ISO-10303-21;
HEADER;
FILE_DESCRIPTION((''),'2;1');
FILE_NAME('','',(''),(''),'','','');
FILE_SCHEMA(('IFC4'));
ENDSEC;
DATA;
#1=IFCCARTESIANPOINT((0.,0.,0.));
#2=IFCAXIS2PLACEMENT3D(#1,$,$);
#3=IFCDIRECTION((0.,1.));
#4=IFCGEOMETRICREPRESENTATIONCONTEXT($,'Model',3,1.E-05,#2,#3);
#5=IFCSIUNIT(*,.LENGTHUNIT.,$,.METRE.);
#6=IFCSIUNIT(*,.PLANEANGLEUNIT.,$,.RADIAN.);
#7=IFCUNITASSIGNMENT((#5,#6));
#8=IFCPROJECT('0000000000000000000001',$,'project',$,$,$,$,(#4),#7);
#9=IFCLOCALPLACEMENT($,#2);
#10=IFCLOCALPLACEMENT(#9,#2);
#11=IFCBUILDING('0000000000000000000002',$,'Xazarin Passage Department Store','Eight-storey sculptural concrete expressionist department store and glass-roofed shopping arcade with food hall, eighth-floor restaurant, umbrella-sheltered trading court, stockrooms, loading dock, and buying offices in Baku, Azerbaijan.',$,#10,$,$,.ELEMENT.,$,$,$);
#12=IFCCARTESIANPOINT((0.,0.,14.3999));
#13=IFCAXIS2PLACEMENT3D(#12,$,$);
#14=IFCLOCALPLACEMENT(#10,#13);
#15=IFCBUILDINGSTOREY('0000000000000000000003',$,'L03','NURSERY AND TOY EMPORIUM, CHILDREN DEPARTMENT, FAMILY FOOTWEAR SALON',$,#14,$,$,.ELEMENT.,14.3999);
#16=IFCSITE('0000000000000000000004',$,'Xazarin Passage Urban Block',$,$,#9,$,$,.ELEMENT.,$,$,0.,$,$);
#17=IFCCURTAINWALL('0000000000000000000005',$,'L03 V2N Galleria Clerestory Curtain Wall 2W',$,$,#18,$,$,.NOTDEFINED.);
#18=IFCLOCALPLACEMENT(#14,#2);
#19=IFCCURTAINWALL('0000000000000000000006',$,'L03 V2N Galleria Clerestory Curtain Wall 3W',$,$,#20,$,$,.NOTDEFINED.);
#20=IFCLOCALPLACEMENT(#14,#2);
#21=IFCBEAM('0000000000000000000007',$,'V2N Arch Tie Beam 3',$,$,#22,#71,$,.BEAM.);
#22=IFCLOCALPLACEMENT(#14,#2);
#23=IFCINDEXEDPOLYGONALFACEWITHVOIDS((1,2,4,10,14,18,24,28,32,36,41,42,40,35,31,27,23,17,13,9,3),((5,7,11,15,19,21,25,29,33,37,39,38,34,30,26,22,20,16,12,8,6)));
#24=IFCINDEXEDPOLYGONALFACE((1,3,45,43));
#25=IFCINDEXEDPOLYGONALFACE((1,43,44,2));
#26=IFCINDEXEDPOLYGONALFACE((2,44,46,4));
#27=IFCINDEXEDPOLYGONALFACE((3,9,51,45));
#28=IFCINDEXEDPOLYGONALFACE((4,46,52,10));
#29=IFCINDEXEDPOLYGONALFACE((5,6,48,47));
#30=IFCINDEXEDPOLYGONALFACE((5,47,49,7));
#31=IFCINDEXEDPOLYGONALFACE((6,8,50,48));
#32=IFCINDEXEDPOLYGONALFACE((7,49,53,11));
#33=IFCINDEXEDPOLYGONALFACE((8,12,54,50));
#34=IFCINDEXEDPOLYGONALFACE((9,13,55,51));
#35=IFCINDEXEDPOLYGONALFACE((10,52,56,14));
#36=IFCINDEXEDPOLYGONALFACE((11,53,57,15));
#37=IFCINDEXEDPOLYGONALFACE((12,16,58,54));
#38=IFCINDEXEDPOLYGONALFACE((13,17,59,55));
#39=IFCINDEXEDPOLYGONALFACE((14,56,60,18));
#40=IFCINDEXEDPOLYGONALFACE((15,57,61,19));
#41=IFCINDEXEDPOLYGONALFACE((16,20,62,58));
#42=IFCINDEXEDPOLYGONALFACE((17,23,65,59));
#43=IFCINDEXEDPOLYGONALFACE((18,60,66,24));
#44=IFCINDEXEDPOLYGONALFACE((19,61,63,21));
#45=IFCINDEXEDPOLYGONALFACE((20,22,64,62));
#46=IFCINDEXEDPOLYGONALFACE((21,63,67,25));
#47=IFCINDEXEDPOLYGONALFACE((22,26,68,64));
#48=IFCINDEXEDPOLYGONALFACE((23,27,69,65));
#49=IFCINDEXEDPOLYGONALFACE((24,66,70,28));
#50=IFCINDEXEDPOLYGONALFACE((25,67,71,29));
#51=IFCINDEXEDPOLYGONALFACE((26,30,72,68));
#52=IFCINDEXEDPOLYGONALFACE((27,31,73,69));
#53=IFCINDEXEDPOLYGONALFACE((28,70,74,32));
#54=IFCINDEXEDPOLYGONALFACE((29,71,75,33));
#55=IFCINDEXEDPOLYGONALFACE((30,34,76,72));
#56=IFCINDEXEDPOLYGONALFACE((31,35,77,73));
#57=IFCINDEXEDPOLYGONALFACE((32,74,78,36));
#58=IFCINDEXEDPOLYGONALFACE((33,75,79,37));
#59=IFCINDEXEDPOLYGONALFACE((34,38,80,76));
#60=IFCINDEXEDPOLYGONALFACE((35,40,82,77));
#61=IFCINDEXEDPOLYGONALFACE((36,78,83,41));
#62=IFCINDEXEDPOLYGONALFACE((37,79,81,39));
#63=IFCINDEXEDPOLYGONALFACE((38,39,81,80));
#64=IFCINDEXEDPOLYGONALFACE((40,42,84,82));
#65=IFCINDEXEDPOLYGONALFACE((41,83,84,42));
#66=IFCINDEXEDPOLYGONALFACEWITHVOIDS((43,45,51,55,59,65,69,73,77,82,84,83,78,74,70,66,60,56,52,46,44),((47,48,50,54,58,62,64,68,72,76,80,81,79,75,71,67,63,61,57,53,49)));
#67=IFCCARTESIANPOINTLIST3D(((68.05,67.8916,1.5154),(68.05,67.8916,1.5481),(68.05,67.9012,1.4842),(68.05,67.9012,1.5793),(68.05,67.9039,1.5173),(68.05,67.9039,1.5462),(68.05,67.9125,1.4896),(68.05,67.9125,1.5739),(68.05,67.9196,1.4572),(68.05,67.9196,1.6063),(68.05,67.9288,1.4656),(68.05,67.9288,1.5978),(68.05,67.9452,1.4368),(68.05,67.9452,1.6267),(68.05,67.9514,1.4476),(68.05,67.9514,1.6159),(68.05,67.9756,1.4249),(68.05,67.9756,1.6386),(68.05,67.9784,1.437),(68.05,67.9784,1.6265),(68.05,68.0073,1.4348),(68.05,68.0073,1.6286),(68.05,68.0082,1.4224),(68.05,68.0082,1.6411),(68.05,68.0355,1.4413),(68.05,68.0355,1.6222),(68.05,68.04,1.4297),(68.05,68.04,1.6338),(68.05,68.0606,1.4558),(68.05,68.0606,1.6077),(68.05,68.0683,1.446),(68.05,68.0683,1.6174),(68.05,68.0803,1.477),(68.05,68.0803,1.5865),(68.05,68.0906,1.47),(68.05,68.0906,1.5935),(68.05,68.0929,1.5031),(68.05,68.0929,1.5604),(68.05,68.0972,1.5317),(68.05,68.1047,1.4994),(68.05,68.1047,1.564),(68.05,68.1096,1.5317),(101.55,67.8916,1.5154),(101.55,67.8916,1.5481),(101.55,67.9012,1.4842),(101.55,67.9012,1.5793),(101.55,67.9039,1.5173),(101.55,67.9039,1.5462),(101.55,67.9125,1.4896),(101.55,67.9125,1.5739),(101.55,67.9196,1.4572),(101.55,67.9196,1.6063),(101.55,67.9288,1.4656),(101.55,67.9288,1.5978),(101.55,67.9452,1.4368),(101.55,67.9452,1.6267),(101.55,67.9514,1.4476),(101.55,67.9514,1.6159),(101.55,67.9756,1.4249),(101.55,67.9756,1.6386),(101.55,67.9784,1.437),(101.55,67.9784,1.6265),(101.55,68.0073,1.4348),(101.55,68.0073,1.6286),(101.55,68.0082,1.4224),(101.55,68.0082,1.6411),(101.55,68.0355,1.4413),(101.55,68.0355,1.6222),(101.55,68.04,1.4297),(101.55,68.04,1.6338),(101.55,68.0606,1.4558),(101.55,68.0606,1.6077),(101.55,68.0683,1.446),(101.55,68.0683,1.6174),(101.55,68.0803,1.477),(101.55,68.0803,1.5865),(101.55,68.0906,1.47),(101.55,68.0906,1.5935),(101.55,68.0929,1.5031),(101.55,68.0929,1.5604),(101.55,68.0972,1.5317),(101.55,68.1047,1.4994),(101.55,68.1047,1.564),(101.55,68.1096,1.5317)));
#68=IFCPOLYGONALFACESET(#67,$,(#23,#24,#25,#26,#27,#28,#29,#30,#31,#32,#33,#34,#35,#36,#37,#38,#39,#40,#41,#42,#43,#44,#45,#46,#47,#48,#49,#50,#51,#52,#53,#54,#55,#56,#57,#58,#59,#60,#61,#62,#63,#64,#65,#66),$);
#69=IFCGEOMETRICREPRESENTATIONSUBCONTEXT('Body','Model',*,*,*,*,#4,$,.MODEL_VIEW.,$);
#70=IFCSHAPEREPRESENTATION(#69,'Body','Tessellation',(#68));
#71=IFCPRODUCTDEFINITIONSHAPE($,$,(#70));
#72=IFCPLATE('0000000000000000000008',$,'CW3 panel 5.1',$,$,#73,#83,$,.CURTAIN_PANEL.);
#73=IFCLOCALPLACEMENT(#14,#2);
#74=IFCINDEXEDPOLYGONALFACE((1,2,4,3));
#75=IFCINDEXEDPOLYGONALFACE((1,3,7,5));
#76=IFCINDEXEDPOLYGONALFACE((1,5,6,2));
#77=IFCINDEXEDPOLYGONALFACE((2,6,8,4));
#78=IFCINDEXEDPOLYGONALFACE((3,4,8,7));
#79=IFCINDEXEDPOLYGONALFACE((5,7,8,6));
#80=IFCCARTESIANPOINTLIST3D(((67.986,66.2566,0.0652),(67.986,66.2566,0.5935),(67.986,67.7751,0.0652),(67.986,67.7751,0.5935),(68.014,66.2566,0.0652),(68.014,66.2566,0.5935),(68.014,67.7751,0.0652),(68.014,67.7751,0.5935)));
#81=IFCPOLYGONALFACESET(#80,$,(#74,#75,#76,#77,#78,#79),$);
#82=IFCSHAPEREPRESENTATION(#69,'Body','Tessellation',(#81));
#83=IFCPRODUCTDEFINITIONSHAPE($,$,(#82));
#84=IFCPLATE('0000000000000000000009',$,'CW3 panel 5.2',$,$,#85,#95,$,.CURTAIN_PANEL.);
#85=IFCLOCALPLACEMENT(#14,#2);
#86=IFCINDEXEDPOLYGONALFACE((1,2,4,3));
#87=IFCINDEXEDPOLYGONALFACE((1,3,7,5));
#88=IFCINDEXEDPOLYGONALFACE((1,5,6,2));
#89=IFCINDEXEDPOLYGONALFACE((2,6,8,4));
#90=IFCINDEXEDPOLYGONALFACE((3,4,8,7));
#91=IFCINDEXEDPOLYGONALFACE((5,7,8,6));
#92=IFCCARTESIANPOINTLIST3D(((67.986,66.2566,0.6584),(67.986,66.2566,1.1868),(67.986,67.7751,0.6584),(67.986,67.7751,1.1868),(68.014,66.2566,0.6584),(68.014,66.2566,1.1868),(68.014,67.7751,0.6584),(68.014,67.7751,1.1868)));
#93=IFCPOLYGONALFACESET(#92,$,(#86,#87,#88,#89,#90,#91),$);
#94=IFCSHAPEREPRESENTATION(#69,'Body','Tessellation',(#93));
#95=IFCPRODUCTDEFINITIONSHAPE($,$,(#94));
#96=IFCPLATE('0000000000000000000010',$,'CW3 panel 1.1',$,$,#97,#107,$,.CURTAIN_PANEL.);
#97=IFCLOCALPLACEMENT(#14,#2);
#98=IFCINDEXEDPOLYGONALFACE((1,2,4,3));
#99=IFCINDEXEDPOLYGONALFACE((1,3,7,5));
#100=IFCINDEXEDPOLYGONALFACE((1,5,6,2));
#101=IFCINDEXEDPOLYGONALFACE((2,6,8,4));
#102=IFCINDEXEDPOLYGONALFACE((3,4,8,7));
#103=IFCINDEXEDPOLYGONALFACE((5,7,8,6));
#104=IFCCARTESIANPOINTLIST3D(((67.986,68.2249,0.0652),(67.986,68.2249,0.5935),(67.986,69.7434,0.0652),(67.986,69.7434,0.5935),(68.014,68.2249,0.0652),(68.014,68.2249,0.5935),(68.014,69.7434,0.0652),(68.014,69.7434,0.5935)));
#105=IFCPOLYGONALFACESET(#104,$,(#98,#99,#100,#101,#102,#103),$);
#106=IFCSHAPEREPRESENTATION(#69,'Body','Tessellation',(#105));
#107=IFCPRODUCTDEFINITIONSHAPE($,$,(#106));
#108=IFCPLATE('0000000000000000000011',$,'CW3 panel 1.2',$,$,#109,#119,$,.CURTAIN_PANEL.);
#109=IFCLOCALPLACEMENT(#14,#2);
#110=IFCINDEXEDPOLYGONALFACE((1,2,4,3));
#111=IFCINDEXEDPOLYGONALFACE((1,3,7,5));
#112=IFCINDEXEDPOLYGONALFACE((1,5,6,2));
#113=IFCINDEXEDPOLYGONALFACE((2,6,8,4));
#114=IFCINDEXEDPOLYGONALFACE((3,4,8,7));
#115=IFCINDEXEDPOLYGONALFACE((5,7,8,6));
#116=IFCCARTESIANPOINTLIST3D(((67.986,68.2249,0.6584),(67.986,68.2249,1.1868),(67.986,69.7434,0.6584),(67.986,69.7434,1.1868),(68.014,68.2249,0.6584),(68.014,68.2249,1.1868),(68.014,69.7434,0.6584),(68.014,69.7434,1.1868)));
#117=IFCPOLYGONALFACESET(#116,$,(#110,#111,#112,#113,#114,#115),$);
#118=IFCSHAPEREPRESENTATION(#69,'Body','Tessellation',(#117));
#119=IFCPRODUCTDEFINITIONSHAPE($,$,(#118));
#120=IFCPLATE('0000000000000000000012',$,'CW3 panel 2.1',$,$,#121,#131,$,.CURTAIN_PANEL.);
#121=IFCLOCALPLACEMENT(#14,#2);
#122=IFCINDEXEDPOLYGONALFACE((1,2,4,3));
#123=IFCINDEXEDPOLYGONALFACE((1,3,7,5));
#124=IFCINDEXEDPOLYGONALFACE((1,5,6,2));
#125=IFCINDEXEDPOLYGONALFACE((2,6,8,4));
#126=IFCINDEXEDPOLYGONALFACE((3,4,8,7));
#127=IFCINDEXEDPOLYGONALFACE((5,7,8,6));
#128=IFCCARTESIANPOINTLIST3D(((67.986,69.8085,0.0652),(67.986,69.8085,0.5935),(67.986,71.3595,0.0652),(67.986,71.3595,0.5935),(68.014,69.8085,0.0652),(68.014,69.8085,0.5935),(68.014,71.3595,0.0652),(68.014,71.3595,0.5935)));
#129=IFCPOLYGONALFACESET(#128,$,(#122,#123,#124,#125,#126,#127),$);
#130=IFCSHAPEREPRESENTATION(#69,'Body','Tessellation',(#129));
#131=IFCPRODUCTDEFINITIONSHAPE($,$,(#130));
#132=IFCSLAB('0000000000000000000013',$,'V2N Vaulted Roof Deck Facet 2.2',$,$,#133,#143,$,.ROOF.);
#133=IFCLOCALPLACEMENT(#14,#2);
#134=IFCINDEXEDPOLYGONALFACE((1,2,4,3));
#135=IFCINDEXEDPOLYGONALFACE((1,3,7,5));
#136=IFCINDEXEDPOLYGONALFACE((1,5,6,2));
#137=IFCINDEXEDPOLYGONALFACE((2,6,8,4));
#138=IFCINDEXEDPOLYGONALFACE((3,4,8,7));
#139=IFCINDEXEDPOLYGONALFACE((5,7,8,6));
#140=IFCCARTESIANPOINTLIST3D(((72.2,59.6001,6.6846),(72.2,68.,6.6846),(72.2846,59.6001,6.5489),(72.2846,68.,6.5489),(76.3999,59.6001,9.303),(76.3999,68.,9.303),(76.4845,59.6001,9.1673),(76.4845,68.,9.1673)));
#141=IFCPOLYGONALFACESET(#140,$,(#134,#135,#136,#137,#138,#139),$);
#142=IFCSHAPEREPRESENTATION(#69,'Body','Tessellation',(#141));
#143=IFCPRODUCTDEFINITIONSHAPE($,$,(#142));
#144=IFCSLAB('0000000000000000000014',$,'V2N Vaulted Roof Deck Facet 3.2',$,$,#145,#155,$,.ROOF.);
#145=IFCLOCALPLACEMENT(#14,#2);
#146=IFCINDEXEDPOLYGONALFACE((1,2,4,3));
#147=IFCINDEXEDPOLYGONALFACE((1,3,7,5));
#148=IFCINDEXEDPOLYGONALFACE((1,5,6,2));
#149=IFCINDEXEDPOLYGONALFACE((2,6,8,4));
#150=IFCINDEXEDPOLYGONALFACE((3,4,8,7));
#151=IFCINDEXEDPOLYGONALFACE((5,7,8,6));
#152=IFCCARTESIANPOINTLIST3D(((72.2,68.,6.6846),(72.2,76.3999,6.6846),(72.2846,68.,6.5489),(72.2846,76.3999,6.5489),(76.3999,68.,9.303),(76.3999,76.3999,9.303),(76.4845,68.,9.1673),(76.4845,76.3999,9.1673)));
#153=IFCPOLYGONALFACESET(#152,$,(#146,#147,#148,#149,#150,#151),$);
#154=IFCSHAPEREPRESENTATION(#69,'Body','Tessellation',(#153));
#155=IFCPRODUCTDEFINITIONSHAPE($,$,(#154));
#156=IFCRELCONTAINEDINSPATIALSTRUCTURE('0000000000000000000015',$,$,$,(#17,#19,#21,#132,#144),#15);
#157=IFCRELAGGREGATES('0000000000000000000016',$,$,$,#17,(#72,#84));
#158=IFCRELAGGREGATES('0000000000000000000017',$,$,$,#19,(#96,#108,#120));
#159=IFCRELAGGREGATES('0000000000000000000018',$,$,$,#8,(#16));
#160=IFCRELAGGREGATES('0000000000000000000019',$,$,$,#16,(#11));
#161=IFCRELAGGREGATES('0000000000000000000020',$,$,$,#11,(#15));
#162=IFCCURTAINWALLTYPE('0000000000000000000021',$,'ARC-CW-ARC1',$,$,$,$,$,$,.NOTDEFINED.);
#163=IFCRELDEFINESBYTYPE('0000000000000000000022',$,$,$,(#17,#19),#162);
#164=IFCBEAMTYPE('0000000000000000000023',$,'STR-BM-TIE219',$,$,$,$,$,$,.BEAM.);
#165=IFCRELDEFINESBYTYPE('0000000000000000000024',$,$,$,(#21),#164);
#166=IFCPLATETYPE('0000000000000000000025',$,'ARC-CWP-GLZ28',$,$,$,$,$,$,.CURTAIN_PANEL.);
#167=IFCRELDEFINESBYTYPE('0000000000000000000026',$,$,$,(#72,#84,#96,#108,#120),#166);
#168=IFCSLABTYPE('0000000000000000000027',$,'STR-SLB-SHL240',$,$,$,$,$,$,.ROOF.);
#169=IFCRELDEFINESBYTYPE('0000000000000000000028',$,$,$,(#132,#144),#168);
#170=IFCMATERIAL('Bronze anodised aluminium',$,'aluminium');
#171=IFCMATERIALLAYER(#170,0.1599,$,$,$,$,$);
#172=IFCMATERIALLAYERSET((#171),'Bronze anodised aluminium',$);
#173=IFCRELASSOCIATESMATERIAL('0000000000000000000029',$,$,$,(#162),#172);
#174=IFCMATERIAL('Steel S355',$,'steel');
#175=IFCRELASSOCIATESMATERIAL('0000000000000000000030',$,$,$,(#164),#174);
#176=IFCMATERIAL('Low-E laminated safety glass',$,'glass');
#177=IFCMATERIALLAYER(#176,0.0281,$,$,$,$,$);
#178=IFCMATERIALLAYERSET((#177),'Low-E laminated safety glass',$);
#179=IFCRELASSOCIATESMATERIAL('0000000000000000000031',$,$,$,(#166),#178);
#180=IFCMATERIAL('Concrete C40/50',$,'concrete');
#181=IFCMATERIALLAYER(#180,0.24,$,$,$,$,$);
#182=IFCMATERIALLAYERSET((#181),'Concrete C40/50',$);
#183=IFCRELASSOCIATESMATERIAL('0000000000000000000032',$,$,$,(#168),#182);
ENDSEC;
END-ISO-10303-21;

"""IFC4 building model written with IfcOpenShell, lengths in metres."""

from ifc_helpers import new_model, si_unit, direction, frame, origin, origin_2d, place, context, subcontext, project, spatial, polyline, rectangle, hollow_circle, outline, extrude, material, layer, layer_set, material_profile, profile_set, type_object, element, aggregate, save


model = new_model("IFC4")

# Units and contexts
model_context = context("Model", 3, precision=1e-05, world=origin(), true_north=direction((0.0, 1.0)))
body_context = subcontext(model_context, "Body", "Model", "MODEL_VIEW")
ifc_project = project(units=[si_unit("LENGTHUNIT", "METRE"), si_unit("PLANEANGLEUNIT", "RADIAN")], contexts=[model_context])

# Site, building, storey
site_placement = place(None, origin())
site = spatial("IfcSite", under=ifc_project, at=site_placement, Name="Xazarin Passage Urban Block", CompositionType="ELEMENT", RefElevation=0.0)
building_placement = place(site_placement, origin())
building = spatial("IfcBuilding", under=site, at=building_placement, Name="Xazarin Passage Department Store", Description="Eight-storey sculptural concrete expressionist department store and glass-roofed shopping arcade with food hall, eighth-floor restaurant, umbrella-sheltered trading court, stockrooms, loading dock, and buying offices in Baku, Azerbaijan.", CompositionType="ELEMENT")
storey_placement = place(building_placement, frame((0.0, 0.0, 14.3999)))
storey = spatial("IfcBuildingStorey", under=building, at=storey_placement, Name="L03", Description="NURSERY AND TOY EMPORIUM, CHILDREN DEPARTMENT, FAMILY FOOTWEAR SALON", CompositionType="ELEMENT", Elevation=14.3999)

# Curtain wall
ifc_material_1 = material(Name="Bronze anodised aluminium", Category="aluminium")
ifc_layer_1 = layer(ifc_material_1, 0.1599)
ifc_layer_set_1 = layer_set([ifc_layer_1], Name="Bronze anodised aluminium")
curtain_wall_type = type_object("IfcCurtainWallType", Name="ARC-CW-ARC1", PredefinedType="NOTDEFINED", material=ifc_layer_set_1)
curtain_wall_1_placement = place(storey_placement, origin())
curtain_wall_1 = element("IfcCurtainWall", 1, at=curtain_wall_1_placement, inside=storey, type_object=curtain_wall_type, Name="L03 V2N Galleria Clerestory Curtain Wall 2W", PredefinedType="NOTDEFINED")

# Curtain wall
curtain_wall_2_placement = place(storey_placement, origin())
curtain_wall_2 = element("IfcCurtainWall", 2, at=curtain_wall_2_placement, inside=storey, type_object=curtain_wall_type, Name="L03 V2N Galleria Clerestory Curtain Wall 3W", PredefinedType="NOTDEFINED")

# Beam
ifc_material_2 = material(Name="Steel S355", Category="steel")
ifc_material_profile_1 = material_profile(ifc_material_2, hollow_circle(Radius=0.1096, WallThickness=0.0125, at=origin_2d()), Name="CHS 219.1x12.5")
ifc_profile_set_1 = profile_set([ifc_material_profile_1], Name="Steel S355")
beam_type_1 = type_object("IfcBeamType", Name="STR-BM-TIE219", PredefinedType="BEAM", material=ifc_profile_set_1)
for number, where, z_axis, x_axis, name in (
    (3, (68.05, 68.0, 1.5317), (1.0, 0.0, 0.0), (0.0, 1.0, 0.0), "V2N Arch Tie Beam 3"),
):
    element("IfcBeam", number, at=place(storey_placement, frame(where, z_axis=z_axis, x_axis=x_axis)), inside=storey, type_object=beam_type_1, Name=name, PredefinedType="BEAM", context=body_context, shape_type="SweptSolid", body=[
        extrude(hollow_circle(Radius=0.1096, WallThickness=0.0125, at=origin_2d()), origin(), (0.0, 0.0, 1.0), 33.5),
    ])

# Plates
ifc_material_3 = material(Name="Low-E laminated safety glass", Category="glass")
ifc_layer_2 = layer(ifc_material_3, 0.0281)
ifc_layer_set_2 = layer_set([ifc_layer_2], Name="Low-E laminated safety glass")
plate_type = type_object("IfcPlateType", Name="ARC-CWP-GLZ28", PredefinedType="CURTAIN_PANEL", material=ifc_layer_set_2)
plate_1_placement = place(storey_placement, frame((68.0, 67.0159, 0.0652), z_axis=(0.0, 0.0, 1.0), x_axis=(0.0, 1.0, 0.0)))
plate_1 = element("IfcPlate", 4, at=plate_1_placement, type_object=plate_type, Name="CW3 panel 5.1", PredefinedType="CURTAIN_PANEL", context=body_context, shape_type="SweptSolid", body=[
    extrude(rectangle(XDim=1.5186, YDim=0.0281, at=origin_2d()), origin(), (0.0, 0.0, 1.0), 0.5283),
])
plate_2_placement = place(storey_placement, frame((68.0, 67.0159, 0.6584), z_axis=(0.0, 0.0, 1.0), x_axis=(0.0, 1.0, 0.0)))
plate_2 = element("IfcPlate", 5, at=plate_2_placement, type_object=plate_type, Name="CW3 panel 5.2", PredefinedType="CURTAIN_PANEL", context=body_context, shape_type="SweptSolid", body=[
    extrude(rectangle(XDim=1.5186, YDim=0.0281, at=origin_2d()), origin(), (0.0, 0.0, 1.0), 0.5283),
])
aggregate(curtain_wall_1, [plate_1, plate_2])
plate_3_placement = place(storey_placement, frame((68.0, 68.9841, 0.0652), z_axis=(0.0, 0.0, 1.0), x_axis=(0.0, 1.0, 0.0)))
plate_3 = element("IfcPlate", 6, at=plate_3_placement, type_object=plate_type, Name="CW3 panel 1.1", PredefinedType="CURTAIN_PANEL", context=body_context, shape_type="SweptSolid", body=[
    extrude(rectangle(XDim=1.5186, YDim=0.0281, at=origin_2d()), origin(), (0.0, 0.0, 1.0), 0.5283),
])
plate_4_placement = place(storey_placement, frame((68.0, 68.9841, 0.6584), z_axis=(0.0, 0.0, 1.0), x_axis=(0.0, 1.0, 0.0)))
plate_4 = element("IfcPlate", 7, at=plate_4_placement, type_object=plate_type, Name="CW3 panel 1.2", PredefinedType="CURTAIN_PANEL", context=body_context, shape_type="SweptSolid", body=[
    extrude(rectangle(XDim=1.5186, YDim=0.0281, at=origin_2d()), origin(), (0.0, 0.0, 1.0), 0.5283),
])
plate_5_placement = place(storey_placement, frame((68.0, 70.584, 0.0652), z_axis=(0.0, 0.0, 1.0), x_axis=(0.0, 1.0, 0.0)))
plate_5 = element("IfcPlate", 8, at=plate_5_placement, type_object=plate_type, Name="CW3 panel 2.1", PredefinedType="CURTAIN_PANEL", context=body_context, shape_type="SweptSolid", body=[
    extrude(rectangle(XDim=1.551, YDim=0.0281, at=origin_2d()), origin(), (0.0, 0.0, 1.0), 0.5283),
])
aggregate(curtain_wall_2, [plate_3, plate_4, plate_5])

# Slabs
ifc_material_4 = material(Name="Concrete C40/50", Category="concrete")
ifc_layer_3 = layer(ifc_material_4, 0.24)
ifc_layer_set_3 = layer_set([ifc_layer_3], Name="Concrete C40/50")
slab_type = type_object("IfcSlabType", Name="STR-SLB-SHL240", PredefinedType="ROOF", material=ifc_layer_set_3)
for number, where, z_axis, x_axis, name in (
    (9, (72.2, 59.6001, 6.6846), (-0.529045, 0.0, 0.848594), (0.848594, 0.0, 0.529045), "V2N Vaulted Roof Deck Facet 2.2"),
    (10, (72.2, 68.0, 6.6846), (-0.529045, 0.0, 0.848594), (0.848594, 0.0, 0.529045), "V2N Vaulted Roof Deck Facet 3.2"),
):
    element("IfcSlab", number, at=place(storey_placement, frame(where, z_axis=z_axis, x_axis=x_axis)), inside=storey, type_object=slab_type, Name=name, PredefinedType="ROOF", context=body_context, shape_type="SweptSolid", body=[
        extrude(outline(polyline([(0.0, 0.0), (4.9493, 0.0), (4.9493, 8.3999), (0.0, 8.3999), (0.0, 0.0)])), origin(), (0.0, 0.0, -1.0), 0.1599),
    ])

save(model, "model.ifc")
